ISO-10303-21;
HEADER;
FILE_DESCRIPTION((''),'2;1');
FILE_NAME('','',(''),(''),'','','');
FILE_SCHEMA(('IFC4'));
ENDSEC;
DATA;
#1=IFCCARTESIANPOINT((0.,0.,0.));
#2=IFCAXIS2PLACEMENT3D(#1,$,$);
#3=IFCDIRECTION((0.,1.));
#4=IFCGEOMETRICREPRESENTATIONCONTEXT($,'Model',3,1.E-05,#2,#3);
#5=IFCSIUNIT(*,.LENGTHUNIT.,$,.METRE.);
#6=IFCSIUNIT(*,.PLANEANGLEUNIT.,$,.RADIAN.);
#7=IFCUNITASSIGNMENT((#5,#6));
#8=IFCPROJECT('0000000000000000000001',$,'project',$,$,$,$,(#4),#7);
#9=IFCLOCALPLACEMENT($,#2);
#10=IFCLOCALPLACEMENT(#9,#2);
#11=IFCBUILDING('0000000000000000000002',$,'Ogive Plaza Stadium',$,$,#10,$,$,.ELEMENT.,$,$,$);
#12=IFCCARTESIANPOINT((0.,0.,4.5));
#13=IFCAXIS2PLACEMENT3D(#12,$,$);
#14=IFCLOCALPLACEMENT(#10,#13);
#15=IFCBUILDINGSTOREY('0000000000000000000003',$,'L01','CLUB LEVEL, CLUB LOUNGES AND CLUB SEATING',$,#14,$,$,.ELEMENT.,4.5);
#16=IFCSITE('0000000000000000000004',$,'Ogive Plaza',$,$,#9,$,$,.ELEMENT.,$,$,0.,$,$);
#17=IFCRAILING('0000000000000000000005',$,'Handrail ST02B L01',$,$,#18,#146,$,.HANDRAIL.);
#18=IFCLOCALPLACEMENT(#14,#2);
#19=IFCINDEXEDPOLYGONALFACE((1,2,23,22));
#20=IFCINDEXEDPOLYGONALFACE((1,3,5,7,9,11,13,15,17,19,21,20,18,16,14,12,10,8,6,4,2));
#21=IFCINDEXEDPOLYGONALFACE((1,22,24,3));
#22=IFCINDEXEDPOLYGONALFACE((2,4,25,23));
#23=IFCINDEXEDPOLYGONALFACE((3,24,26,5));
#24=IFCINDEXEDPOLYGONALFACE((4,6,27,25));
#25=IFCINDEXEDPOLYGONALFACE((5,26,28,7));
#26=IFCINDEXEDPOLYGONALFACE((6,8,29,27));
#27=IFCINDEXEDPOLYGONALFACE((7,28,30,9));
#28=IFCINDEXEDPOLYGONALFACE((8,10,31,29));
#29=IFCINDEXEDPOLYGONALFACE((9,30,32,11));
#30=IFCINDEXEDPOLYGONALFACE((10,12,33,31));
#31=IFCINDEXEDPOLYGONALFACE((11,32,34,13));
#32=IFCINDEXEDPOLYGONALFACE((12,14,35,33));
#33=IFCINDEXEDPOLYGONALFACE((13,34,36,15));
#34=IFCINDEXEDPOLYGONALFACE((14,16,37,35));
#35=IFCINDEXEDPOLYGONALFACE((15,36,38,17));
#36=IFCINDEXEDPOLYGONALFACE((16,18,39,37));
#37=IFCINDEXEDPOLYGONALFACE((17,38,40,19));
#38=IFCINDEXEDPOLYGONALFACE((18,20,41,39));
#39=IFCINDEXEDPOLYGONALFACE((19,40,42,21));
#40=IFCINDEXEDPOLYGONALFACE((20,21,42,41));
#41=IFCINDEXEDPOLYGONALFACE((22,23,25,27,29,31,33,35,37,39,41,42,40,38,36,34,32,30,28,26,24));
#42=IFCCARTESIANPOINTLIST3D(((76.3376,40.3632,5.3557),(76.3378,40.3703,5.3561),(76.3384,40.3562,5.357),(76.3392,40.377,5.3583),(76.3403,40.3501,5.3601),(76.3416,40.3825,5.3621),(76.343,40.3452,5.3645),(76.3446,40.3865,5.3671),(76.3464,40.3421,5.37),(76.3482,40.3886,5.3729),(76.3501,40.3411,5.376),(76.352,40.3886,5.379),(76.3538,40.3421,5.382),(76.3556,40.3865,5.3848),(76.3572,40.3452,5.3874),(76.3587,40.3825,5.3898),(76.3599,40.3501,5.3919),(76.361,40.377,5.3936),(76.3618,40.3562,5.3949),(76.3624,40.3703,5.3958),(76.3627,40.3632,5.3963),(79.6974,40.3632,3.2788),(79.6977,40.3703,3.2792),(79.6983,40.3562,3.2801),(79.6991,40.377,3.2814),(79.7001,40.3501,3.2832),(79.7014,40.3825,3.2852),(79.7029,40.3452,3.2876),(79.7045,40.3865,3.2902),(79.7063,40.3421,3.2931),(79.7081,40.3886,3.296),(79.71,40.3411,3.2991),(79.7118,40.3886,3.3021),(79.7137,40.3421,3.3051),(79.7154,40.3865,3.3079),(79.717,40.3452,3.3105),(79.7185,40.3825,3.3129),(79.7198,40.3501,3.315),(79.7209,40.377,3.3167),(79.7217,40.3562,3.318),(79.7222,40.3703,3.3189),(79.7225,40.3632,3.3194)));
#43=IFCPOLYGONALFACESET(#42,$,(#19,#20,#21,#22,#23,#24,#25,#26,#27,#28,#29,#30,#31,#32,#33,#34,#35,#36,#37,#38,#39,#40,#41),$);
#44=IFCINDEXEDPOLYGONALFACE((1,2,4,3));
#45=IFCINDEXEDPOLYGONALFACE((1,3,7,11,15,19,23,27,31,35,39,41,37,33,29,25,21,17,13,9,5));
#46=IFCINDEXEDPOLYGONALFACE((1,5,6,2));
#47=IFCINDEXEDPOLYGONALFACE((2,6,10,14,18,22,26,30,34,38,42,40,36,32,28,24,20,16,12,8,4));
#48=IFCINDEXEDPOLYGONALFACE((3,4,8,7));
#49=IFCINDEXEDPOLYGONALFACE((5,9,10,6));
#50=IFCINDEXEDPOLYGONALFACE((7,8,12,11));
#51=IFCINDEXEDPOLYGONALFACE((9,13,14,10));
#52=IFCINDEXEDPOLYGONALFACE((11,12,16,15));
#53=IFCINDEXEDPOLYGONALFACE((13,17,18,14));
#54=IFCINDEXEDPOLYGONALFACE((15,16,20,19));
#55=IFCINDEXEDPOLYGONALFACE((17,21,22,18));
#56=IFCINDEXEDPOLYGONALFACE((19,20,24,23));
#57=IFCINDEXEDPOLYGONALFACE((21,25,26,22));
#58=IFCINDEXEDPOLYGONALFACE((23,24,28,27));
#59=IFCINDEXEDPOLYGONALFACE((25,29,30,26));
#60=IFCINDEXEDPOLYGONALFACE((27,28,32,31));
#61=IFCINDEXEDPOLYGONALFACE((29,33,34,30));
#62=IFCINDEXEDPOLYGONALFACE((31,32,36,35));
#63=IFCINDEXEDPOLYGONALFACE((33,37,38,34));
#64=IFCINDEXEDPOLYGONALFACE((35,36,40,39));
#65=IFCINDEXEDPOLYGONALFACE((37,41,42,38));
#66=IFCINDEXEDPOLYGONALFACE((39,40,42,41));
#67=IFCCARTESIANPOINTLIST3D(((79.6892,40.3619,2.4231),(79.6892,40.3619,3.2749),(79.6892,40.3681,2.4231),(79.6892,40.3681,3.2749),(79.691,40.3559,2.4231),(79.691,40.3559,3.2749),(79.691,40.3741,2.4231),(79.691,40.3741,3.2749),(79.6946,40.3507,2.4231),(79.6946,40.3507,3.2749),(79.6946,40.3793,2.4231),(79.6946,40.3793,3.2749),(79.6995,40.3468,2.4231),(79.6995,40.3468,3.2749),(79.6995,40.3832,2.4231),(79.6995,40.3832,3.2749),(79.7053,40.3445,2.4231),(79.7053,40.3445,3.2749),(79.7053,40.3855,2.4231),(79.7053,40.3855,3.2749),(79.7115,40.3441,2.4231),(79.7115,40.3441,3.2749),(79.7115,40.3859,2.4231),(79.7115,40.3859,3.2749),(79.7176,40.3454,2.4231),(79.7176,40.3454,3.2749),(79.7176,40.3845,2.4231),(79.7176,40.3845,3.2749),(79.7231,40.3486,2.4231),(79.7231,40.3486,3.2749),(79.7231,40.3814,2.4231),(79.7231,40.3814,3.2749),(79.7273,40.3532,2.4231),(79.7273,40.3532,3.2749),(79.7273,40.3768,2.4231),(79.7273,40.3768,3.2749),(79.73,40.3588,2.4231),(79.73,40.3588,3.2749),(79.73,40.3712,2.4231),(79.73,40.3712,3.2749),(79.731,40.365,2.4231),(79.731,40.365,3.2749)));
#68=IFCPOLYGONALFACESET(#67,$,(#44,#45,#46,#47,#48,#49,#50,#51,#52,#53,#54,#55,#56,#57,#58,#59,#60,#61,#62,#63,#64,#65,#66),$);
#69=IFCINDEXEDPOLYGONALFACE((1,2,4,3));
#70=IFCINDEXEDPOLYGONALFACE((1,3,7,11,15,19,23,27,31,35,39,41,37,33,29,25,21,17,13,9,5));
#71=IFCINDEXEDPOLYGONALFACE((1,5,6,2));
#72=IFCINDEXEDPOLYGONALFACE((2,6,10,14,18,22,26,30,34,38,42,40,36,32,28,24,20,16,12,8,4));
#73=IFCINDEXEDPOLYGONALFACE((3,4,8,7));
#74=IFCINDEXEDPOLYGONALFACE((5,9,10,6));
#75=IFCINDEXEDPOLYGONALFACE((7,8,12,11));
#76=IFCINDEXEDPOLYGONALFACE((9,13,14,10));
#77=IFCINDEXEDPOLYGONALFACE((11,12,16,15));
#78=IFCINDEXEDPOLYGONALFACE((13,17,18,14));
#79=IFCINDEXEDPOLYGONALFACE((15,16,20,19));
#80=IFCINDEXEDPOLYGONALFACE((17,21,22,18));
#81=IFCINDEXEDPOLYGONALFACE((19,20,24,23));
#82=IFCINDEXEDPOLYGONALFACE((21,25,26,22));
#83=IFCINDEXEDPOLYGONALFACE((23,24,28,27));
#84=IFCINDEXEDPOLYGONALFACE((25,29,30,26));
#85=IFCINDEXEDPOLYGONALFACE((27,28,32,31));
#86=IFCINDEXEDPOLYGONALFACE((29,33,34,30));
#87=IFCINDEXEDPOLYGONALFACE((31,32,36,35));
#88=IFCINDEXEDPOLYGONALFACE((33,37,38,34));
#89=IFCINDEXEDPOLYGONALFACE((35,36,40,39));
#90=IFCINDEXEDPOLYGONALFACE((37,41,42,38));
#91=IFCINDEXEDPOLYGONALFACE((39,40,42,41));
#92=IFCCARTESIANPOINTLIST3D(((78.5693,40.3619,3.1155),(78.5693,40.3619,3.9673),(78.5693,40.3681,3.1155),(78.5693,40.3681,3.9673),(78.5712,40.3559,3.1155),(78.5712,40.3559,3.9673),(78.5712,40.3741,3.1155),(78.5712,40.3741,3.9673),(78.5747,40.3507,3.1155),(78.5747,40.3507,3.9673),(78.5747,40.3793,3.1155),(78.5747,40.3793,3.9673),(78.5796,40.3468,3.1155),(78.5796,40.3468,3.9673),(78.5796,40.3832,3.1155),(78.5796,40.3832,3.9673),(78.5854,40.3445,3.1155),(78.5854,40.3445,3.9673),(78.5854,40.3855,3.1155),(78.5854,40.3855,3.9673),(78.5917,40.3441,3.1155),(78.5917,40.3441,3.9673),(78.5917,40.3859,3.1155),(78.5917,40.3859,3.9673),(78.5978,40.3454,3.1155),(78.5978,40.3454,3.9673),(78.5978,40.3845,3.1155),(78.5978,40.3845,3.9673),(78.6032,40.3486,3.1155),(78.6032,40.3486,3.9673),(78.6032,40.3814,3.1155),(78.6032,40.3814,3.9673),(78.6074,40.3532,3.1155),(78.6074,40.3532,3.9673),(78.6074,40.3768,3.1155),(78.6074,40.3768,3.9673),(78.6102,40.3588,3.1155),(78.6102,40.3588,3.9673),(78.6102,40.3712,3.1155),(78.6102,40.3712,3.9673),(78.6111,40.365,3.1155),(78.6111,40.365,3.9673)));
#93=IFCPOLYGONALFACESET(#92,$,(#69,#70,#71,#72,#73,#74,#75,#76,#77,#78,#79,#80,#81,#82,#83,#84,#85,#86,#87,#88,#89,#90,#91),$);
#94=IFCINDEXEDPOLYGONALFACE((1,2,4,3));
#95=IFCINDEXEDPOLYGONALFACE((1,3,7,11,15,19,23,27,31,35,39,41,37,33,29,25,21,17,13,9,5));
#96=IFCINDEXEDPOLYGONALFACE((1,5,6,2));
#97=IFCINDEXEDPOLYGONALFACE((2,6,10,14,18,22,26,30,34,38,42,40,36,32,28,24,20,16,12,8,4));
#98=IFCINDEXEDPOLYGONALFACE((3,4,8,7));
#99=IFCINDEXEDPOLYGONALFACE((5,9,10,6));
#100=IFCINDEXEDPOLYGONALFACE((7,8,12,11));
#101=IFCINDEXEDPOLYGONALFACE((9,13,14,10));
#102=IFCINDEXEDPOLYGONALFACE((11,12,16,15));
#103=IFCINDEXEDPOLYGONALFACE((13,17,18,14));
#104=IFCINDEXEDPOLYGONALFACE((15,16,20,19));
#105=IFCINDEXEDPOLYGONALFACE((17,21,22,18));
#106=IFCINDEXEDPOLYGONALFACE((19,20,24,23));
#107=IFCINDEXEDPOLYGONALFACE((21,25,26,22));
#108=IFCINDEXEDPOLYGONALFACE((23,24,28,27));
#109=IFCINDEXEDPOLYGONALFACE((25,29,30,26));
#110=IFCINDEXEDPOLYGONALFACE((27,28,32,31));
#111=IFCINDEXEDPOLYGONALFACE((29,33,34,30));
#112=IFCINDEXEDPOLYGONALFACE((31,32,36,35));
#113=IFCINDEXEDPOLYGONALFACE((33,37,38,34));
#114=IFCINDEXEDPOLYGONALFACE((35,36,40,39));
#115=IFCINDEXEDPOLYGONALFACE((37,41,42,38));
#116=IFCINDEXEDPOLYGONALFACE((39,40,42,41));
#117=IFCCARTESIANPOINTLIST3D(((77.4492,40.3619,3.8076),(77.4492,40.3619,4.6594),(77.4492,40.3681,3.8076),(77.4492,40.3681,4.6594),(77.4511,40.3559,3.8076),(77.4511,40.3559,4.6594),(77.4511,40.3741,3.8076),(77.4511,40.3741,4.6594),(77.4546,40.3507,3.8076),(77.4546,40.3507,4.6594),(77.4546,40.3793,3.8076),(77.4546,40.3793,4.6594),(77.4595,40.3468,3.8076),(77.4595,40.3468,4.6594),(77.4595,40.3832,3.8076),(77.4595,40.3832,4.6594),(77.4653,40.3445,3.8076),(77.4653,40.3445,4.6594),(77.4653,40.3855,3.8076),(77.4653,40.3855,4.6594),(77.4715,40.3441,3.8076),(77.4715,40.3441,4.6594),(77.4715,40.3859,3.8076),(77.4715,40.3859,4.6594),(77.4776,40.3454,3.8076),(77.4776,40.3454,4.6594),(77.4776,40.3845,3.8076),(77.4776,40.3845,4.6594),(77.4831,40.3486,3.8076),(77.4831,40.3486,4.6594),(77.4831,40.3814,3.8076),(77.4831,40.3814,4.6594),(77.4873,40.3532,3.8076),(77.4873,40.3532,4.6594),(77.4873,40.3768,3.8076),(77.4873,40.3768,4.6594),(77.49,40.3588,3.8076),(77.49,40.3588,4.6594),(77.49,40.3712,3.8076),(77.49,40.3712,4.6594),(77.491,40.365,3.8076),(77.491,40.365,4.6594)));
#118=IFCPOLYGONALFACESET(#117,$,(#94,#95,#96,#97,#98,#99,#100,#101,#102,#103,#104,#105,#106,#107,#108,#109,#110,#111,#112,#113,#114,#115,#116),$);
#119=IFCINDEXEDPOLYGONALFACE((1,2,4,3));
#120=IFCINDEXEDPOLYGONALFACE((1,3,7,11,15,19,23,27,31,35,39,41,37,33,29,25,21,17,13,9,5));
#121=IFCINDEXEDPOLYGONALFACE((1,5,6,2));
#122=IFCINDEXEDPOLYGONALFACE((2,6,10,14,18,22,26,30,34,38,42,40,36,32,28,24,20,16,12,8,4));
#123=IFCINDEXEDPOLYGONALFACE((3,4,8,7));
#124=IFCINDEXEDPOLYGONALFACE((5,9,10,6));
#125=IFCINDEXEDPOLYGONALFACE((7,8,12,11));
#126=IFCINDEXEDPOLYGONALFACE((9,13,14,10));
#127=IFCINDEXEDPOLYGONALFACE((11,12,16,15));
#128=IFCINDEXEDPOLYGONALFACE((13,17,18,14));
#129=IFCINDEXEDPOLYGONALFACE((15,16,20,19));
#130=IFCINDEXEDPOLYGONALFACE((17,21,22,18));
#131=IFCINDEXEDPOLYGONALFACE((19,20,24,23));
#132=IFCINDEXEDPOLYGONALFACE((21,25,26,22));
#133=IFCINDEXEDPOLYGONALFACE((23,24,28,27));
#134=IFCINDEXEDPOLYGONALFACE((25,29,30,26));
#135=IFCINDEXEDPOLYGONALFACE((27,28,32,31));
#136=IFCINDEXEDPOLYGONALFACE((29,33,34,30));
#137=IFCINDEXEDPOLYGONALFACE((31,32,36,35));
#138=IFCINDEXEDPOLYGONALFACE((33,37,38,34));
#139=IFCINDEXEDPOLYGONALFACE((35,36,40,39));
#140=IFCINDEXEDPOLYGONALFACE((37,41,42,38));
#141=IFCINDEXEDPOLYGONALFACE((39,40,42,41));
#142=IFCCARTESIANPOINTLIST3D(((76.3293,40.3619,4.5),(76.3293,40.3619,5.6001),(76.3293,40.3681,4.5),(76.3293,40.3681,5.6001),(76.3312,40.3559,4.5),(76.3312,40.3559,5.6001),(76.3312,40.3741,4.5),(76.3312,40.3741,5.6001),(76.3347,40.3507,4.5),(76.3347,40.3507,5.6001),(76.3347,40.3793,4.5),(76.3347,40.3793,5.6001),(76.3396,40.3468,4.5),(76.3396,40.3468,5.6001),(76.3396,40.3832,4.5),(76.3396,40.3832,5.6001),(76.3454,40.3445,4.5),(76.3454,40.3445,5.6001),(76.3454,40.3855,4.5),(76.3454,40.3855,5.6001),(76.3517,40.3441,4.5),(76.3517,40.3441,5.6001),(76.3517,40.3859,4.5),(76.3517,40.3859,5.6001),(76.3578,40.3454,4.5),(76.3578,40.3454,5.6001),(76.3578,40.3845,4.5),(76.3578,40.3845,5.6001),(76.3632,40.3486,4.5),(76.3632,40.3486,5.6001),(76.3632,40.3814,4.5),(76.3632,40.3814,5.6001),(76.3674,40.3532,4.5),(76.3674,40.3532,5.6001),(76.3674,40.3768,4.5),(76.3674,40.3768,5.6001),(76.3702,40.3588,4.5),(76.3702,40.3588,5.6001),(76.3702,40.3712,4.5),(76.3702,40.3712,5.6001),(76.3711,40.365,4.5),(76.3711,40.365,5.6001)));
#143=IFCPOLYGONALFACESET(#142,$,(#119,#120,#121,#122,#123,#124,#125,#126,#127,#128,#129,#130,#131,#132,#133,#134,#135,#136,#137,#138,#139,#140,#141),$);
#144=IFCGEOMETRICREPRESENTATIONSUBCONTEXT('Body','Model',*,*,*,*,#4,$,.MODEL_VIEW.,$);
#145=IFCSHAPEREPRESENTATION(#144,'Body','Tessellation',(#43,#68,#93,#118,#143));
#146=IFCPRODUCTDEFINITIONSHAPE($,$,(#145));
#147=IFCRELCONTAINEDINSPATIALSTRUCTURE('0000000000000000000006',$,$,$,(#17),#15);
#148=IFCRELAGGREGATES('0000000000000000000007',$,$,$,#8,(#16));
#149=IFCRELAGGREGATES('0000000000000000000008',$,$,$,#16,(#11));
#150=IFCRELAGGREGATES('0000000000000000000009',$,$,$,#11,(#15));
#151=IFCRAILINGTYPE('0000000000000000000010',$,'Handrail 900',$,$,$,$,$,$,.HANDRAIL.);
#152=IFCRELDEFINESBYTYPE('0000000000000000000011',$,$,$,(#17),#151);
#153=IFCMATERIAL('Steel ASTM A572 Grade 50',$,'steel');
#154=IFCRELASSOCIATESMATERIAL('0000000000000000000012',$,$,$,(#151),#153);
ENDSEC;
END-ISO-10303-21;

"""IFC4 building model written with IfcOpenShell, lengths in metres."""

from ifc_helpers import new_model, si_unit, direction, frame, origin, origin_2d, place, context, subcontext, project, spatial, circle, extrude, material, type_object, element, save


model = new_model("IFC4")

# Units and contexts
model_context = context("Model", 3, precision=1e-05, world=origin(), true_north=direction((0.0, 1.0)))
body_context = subcontext(model_context, "Body", "Model", "MODEL_VIEW")
ifc_project = project(units=[si_unit("LENGTHUNIT", "METRE"), si_unit("PLANEANGLEUNIT", "RADIAN")], contexts=[model_context])

# Site, building, storey
site_placement = place(None, origin())
site = spatial("IfcSite", under=ifc_project, at=site_placement, Name="Ogive Plaza", CompositionType="ELEMENT", RefElevation=0.0)
building_placement = place(site_placement, origin())
building = spatial("IfcBuilding", under=site, at=building_placement, Name="Ogive Plaza Stadium", CompositionType="ELEMENT")
storey_placement = place(building_placement, frame((0.0, 0.0, 4.5)))
storey = spatial("IfcBuildingStorey", under=building, at=storey_placement, Name="L01", Description="CLUB LEVEL, CLUB LOUNGES AND CLUB SEATING", CompositionType="ELEMENT", Elevation=4.5)

# Railing
ifc_material_1 = material(Name="Steel ASTM A572 Grade 50", Category="steel")
railing_type_1 = type_object("IfcRailingType", Name="Handrail 900", PredefinedType="HANDRAIL", material=ifc_material_1)
for number, where, name in (
    (1, (79.71, 40.365, 2.4231), "Handrail ST02B L01"),
):
    element("IfcRailing", number, at=place(storey_placement, frame(where)), inside=storey, type_object=railing_type_1, Name=name, PredefinedType="HANDRAIL", context=body_context, shape_type="SweptSolid", body=[
        extrude(circle(Radius=0.0239, at=origin_2d()), frame((0.0, 0.0, 0.876), z_axis=(-0.850606, 0.0, 0.525803), x_axis=(0.0, -1.0, 0.0)), (0.0, 0.0, 1.0), 3.95),
        extrude(circle(Radius=0.021, at=origin_2d()), origin(), (0.0, 0.0, 1.0), 0.8518),
        extrude(circle(Radius=0.021, at=origin_2d()), frame((-1.1199, 0.0, 0.6924)), (0.0, 0.0, 1.0), 0.8518),
        extrude(circle(Radius=0.021, at=origin_2d()), frame((-2.24, 0.0, 1.3845)), (0.0, 0.0, 1.0), 0.8518),
        extrude(circle(Radius=0.021, at=origin_2d()), frame((-3.3599, 0.0, 2.0769)), (0.0, 0.0, 1.0), 1.1001),
    ])

save(model, "model.ifc")
